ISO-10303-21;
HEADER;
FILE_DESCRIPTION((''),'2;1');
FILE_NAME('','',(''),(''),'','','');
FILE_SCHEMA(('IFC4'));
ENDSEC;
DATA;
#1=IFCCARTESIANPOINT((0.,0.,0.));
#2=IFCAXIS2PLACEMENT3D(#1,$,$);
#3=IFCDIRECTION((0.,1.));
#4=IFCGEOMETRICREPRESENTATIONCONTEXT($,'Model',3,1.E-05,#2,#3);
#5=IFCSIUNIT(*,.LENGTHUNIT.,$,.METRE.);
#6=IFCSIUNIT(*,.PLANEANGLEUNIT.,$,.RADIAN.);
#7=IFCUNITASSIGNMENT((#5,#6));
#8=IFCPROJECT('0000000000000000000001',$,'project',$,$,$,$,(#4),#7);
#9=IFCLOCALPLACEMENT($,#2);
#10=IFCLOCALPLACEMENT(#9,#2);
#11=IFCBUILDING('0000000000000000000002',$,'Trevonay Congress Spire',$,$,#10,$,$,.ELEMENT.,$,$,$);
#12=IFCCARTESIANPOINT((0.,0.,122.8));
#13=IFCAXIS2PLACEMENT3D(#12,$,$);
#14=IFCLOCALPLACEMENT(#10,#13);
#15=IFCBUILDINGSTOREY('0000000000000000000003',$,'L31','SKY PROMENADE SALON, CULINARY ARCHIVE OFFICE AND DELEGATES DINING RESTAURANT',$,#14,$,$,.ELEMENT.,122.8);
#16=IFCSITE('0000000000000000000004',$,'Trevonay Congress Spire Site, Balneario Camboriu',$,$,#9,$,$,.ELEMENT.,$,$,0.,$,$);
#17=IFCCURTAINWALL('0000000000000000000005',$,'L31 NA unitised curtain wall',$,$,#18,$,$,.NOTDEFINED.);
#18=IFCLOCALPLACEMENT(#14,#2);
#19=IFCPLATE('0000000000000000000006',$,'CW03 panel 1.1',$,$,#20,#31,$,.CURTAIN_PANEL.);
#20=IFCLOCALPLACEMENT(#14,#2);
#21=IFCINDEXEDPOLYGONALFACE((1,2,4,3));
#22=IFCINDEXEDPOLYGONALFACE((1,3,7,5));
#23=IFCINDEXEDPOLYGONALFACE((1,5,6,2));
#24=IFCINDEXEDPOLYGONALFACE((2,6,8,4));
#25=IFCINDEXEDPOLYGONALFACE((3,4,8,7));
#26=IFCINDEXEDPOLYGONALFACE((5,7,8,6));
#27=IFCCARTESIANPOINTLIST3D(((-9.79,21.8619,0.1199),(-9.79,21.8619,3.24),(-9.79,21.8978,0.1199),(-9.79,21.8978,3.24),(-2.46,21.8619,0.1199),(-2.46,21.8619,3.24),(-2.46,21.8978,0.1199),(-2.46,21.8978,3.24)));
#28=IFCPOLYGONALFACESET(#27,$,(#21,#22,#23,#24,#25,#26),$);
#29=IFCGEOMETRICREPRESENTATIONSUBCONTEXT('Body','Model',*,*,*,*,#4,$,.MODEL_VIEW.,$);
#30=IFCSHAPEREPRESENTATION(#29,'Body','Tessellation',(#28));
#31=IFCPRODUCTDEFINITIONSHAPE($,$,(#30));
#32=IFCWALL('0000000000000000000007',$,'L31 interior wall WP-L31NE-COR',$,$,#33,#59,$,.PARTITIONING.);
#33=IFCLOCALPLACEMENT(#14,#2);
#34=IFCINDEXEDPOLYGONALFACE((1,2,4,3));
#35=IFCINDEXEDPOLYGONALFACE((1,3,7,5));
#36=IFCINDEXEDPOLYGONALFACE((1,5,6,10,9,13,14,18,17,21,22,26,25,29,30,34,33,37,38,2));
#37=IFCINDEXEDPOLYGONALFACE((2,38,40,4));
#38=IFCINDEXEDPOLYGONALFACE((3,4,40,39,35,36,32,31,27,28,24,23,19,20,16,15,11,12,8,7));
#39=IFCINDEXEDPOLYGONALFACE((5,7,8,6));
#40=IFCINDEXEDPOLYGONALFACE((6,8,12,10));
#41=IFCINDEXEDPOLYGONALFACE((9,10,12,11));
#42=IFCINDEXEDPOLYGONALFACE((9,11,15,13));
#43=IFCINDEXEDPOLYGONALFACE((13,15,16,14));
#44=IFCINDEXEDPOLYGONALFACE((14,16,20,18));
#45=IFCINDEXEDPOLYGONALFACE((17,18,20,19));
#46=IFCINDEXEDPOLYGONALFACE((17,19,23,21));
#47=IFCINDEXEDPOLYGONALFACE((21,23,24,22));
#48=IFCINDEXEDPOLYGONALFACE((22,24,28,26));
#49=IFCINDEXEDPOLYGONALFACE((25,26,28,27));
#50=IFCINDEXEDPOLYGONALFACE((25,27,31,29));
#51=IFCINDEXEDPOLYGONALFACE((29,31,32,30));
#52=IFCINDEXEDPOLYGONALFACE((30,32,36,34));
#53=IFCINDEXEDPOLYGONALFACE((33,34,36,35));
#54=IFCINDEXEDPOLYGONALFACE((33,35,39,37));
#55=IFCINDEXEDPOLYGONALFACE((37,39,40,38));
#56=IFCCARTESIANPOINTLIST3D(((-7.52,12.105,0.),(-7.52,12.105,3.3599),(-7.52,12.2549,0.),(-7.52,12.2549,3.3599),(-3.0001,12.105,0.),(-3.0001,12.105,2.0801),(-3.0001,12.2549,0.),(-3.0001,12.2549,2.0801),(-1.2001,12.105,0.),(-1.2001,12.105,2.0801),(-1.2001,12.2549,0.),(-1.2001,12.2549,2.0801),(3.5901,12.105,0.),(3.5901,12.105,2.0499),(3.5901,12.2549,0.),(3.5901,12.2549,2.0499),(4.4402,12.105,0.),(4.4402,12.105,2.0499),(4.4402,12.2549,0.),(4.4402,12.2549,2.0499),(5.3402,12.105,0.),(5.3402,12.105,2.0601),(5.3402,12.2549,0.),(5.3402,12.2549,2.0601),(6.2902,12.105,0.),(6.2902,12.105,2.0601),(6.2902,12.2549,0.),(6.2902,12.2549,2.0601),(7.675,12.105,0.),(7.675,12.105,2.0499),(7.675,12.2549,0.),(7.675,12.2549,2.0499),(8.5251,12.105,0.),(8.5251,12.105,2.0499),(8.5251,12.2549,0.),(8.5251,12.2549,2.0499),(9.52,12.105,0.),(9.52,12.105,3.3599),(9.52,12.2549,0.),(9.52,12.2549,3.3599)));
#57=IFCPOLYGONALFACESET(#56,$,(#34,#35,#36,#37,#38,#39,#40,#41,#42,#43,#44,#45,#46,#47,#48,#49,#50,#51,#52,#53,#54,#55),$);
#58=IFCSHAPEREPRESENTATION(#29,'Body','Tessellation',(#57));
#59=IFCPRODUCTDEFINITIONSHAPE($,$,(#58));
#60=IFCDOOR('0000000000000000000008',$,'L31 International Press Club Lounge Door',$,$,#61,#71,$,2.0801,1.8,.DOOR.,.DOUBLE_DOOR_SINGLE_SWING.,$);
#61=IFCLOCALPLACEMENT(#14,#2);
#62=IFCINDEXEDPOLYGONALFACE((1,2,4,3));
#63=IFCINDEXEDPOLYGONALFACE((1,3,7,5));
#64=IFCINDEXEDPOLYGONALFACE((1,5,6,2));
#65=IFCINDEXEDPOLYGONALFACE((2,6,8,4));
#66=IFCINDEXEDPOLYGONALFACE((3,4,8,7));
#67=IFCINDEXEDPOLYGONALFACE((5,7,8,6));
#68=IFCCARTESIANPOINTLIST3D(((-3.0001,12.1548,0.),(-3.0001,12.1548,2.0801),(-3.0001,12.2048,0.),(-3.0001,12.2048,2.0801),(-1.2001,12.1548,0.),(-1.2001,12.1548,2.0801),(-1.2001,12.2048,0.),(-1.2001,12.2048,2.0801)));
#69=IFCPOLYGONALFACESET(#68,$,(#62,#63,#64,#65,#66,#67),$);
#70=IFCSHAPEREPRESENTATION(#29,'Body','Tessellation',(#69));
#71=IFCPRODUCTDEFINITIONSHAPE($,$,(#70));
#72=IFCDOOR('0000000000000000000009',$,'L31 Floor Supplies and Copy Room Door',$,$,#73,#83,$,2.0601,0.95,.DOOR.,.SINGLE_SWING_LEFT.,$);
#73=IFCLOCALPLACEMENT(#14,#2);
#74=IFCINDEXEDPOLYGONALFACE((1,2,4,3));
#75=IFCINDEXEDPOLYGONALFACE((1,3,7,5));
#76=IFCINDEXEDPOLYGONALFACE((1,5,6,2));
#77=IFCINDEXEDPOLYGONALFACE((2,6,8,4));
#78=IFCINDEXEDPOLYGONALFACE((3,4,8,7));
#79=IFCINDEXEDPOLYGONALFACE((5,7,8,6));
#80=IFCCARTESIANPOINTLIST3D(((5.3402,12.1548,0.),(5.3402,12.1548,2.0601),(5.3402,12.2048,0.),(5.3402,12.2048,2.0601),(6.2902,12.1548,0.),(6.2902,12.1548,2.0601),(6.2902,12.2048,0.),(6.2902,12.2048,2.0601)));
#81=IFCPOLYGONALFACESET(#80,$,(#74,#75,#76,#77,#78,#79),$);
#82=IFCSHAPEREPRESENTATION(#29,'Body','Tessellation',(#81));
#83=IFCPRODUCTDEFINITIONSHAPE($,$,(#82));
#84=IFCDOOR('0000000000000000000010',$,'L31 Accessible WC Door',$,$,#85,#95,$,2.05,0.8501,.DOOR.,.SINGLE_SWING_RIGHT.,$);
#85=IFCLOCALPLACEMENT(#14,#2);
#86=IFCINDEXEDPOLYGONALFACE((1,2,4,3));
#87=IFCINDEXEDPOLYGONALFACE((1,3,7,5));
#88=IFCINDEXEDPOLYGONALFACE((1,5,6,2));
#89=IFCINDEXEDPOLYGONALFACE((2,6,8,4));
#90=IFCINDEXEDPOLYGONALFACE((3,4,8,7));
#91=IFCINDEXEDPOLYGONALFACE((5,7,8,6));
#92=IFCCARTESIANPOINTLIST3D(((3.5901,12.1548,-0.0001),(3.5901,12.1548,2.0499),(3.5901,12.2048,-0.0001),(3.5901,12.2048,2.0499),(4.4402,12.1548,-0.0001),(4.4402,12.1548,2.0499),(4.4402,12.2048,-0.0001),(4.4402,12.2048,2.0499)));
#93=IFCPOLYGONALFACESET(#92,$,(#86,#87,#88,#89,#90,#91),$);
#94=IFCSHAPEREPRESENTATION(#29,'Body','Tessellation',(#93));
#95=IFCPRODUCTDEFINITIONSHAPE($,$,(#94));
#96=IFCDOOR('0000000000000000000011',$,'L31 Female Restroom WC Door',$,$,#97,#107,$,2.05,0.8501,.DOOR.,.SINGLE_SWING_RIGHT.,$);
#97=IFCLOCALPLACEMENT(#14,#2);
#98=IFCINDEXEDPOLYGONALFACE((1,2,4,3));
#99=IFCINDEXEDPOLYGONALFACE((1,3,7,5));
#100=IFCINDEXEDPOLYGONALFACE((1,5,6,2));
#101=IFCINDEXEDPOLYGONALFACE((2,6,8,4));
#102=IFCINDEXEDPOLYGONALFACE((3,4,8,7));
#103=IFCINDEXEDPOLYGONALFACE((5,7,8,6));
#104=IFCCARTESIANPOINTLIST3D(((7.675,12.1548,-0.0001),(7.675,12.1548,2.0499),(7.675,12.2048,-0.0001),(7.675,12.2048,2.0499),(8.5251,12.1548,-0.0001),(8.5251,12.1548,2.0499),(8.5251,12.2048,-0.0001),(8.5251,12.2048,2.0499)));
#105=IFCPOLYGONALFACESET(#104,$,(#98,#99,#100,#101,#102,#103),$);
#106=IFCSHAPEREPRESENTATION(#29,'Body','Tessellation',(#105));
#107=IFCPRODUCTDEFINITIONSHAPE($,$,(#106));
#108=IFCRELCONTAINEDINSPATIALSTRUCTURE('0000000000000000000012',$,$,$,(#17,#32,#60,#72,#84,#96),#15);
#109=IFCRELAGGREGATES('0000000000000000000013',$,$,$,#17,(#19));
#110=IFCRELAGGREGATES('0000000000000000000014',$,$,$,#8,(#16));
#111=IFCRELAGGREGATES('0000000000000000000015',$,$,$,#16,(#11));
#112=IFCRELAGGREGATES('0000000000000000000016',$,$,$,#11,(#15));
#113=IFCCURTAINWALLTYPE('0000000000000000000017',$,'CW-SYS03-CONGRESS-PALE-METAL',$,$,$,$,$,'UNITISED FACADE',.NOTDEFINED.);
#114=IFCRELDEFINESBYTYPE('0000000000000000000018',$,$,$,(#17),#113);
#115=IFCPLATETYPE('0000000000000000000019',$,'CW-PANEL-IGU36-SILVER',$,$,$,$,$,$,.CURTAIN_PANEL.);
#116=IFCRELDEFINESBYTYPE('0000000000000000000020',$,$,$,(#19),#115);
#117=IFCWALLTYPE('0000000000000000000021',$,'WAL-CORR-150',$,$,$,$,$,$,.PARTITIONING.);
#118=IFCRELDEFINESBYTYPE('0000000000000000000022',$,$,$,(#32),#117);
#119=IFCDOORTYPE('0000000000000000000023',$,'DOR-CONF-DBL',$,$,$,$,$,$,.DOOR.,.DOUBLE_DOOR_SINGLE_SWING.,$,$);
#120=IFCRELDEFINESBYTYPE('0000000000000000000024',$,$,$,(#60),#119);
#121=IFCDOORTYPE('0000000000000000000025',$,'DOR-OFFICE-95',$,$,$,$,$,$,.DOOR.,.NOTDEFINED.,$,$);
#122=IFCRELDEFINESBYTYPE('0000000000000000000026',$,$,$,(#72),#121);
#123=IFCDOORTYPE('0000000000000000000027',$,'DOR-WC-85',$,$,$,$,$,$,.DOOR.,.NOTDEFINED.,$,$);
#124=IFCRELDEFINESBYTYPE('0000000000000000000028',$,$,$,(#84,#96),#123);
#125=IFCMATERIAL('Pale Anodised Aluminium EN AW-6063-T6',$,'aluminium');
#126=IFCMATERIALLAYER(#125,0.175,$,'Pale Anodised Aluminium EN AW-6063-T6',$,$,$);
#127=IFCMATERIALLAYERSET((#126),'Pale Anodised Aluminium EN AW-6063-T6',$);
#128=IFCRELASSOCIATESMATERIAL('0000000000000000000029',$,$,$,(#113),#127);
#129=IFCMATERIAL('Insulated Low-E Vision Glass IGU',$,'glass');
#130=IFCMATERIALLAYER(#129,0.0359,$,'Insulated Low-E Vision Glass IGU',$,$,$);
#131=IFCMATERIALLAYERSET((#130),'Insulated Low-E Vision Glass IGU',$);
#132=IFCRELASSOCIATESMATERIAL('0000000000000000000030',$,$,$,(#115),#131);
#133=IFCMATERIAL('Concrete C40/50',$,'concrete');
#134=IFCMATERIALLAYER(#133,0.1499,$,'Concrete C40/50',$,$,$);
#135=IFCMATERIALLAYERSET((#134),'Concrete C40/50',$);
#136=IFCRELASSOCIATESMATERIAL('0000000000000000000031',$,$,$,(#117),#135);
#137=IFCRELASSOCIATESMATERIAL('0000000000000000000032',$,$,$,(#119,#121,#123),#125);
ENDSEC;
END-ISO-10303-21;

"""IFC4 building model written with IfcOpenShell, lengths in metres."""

from ifc_helpers import new_model, si_unit, direction, frame, frame_2d, origin, origin_2d, place, context, subcontext, project, spatial, rectangle, extrude, material, layer, layer_set, type_object, element, fill, aggregate, save


model = new_model("IFC4")

# Units and contexts
model_context = context("Model", 3, precision=1e-05, world=origin(), true_north=direction((0.0, 1.0)))
body_context = subcontext(model_context, "Body", "Model", "MODEL_VIEW")
ifc_project = project(units=[si_unit("LENGTHUNIT", "METRE"), si_unit("PLANEANGLEUNIT", "RADIAN")], contexts=[model_context])

# Site, building, storey
site_placement = place(None, origin())
site = spatial("IfcSite", under=ifc_project, at=site_placement, Name="Trevonay Congress Spire Site, Balneario Camboriu", CompositionType="ELEMENT", RefElevation=0.0)
building_placement = place(site_placement, origin())
building = spatial("IfcBuilding", under=site, at=building_placement, Name="Trevonay Congress Spire", CompositionType="ELEMENT")
storey_placement = place(building_placement, frame((0.0, 0.0, 122.8)))
storey = spatial("IfcBuildingStorey", under=building, at=storey_placement, Name="L31", Description="SKY PROMENADE SALON, CULINARY ARCHIVE OFFICE AND DELEGATES DINING RESTAURANT", CompositionType="ELEMENT", Elevation=122.8)

# Curtain wall, plate
ifc_material_1 = material(Name="Pale Anodised Aluminium EN AW-6063-T6", Category="aluminium")
ifc_layer_1 = layer(ifc_material_1, 0.175, Name="Pale Anodised Aluminium EN AW-6063-T6")
ifc_layer_set_1 = layer_set([ifc_layer_1], Name="Pale Anodised Aluminium EN AW-6063-T6")
curtain_wall_type = type_object("IfcCurtainWallType", Name="CW-SYS03-CONGRESS-PALE-METAL", ElementType="UNITISED FACADE", PredefinedType="NOTDEFINED", material=ifc_layer_set_1)
curtain_wall_placement = place(storey_placement, origin())
curtain_wall = element("IfcCurtainWall", 1, at=curtain_wall_placement, inside=storey, type_object=curtain_wall_type, Name="L31 NA unitised curtain wall", PredefinedType="NOTDEFINED")
ifc_material_2 = material(Name="Insulated Low-E Vision Glass IGU", Category="glass")
ifc_layer_2 = layer(ifc_material_2, 0.0359, Name="Insulated Low-E Vision Glass IGU")
ifc_layer_set_2 = layer_set([ifc_layer_2], Name="Insulated Low-E Vision Glass IGU")
plate_type = type_object("IfcPlateType", Name="CW-PANEL-IGU36-SILVER", PredefinedType="CURTAIN_PANEL", material=ifc_layer_set_2)
plate_placement = place(storey_placement, frame((-6.125, 21.8799, 0.1199), z_axis=(0.0, 0.0, 1.0), x_axis=(1.0, 0.0, 0.0)))
plate = element("IfcPlate", 2, at=plate_placement, type_object=plate_type, Name="CW03 panel 1.1", PredefinedType="CURTAIN_PANEL", context=body_context, shape_type="SweptSolid", body=[
    extrude(rectangle(XDim=7.3301, YDim=0.0359, at=origin_2d()), origin(), (0.0, 0.0, 1.0), 3.1201),
])
aggregate(curtain_wall, [plate])

# Wall, openings, doors
ifc_material_3 = material(Name="Concrete C40/50", Category="concrete")
ifc_layer_3 = layer(ifc_material_3, 0.1499, Name="Concrete C40/50")
ifc_layer_set_3 = layer_set([ifc_layer_3], Name="Concrete C40/50")
wall_type_1 = type_object("IfcWallType", Name="WAL-CORR-150", PredefinedType="PARTITIONING", material=ifc_layer_set_3)
wall_1_placement = place(storey_placement, frame((-7.52, 12.1799, 0.0), z_axis=(0.0, 0.0, 1.0), x_axis=(1.0, 0.0, 0.0)))
wall_1 = element("IfcWall", 3, at=wall_1_placement, inside=storey, type_object=wall_type_1, Name="L31 interior wall WP-L31NE-COR", PredefinedType="PARTITIONING", context=body_context, shape_type="SweptSolid", body=[
    extrude(rectangle(XDim=17.04, YDim=0.1499, at=frame_2d((8.52, 0.0))), origin(), (0.0, 0.0, 1.0), 3.3599),
])
opening_1_placement = place(wall_1_placement, frame((4.52, 0.0, 0.0)))
opening_1 = element("IfcOpeningElement", 4, at=opening_1_placement, cuts=wall_1, PredefinedType="OPENING", context=body_context, shape_type="SweptSolid", body=[
    extrude(rectangle(XDim=1.8, YDim=2.0801, at=frame_2d((0.8999, 1.04))), frame((0.0, 0.085, 0.0), z_axis=(0.0, -1.0, 0.0), x_axis=(1.0, 0.0, 0.0)), (0.0, 0.0, 1.0), 0.1699),
])
opening_2_placement = place(wall_1_placement, frame((11.1101, 0.0, 0.0)))
opening_2 = element("IfcOpeningElement", 5, at=opening_2_placement, cuts=wall_1, PredefinedType="OPENING", context=body_context, shape_type="SweptSolid", body=[
    extrude(rectangle(XDim=0.8501, YDim=2.05, at=frame_2d((0.425, 1.0249))), frame((0.0, 0.085, 0.0), z_axis=(0.0, -1.0, 0.0), x_axis=(1.0, 0.0, 0.0)), (0.0, 0.0, 1.0), 0.1699),
])
opening_3_placement = place(wall_1_placement, frame((12.8601, 0.0, 0.0)))
opening_3 = element("IfcOpeningElement", 6, at=opening_3_placement, cuts=wall_1, PredefinedType="OPENING", context=body_context, shape_type="SweptSolid", body=[
    extrude(rectangle(XDim=0.95, YDim=2.0601, at=frame_2d((0.4751, 1.03))), frame((0.0, 0.085, 0.0), z_axis=(0.0, -1.0, 0.0), x_axis=(1.0, 0.0, 0.0)), (0.0, 0.0, 1.0), 0.1699),
])
opening_4_placement = place(wall_1_placement, frame((15.1951, 0.0, 0.0)))
opening_4 = element("IfcOpeningElement", 7, at=opening_4_placement, cuts=wall_1, PredefinedType="OPENING", context=body_context, shape_type="SweptSolid", body=[
    extrude(rectangle(XDim=0.8501, YDim=2.05, at=frame_2d((0.425, 1.0249))), frame((0.0, 0.085, 0.0), z_axis=(0.0, -1.0, 0.0), x_axis=(1.0, 0.0, 0.0)), (0.0, 0.0, 1.0), 0.1699),
])
door_type_1 = type_object("IfcDoorType", Name="DOR-CONF-DBL", OperationType="DOUBLE_DOOR_SINGLE_SWING", PredefinedType="DOOR", material=ifc_material_1)
door_1_placement = place(opening_1_placement, origin())
door_1 = element("IfcDoor", 8, at=door_1_placement, inside=storey, type_object=door_type_1, Name="L31 International Press Club Lounge Door", OperationType="DOUBLE_DOOR_SINGLE_SWING", OverallHeight=2.0801, OverallWidth=1.8, PredefinedType="DOOR", context=body_context, shape_type="SweptSolid", body=[
    extrude(rectangle(XDim=1.8, YDim=2.0801, at=frame_2d((0.8999, 1.04))), frame((0.0, 0.0249, 0.0), z_axis=(0.0, -1.0, 0.0), x_axis=(1.0, 0.0, 0.0)), (0.0, 0.0, 1.0), 0.05),
])
fill(opening_1, door_1)
door_type_2 = type_object("IfcDoorType", Name="DOR-OFFICE-95", OperationType="NOTDEFINED", PredefinedType="DOOR", material=ifc_material_1)
door_2_placement = place(opening_3_placement, origin())
door_2 = element("IfcDoor", 9, at=door_2_placement, inside=storey, type_object=door_type_2, Name="L31 Floor Supplies and Copy Room Door", OperationType="SINGLE_SWING_LEFT", OverallHeight=2.0601, OverallWidth=0.95, PredefinedType="DOOR", context=body_context, shape_type="SweptSolid", body=[
    extrude(rectangle(XDim=0.95, YDim=2.0601, at=frame_2d((0.4751, 1.03))), frame((0.0, 0.0249, 0.0), z_axis=(0.0, -1.0, 0.0), x_axis=(1.0, 0.0, 0.0)), (0.0, 0.0, 1.0), 0.05),
])
fill(opening_3, door_2)
door_type_3 = type_object("IfcDoorType", Name="DOR-WC-85", OperationType="NOTDEFINED", PredefinedType="DOOR", material=ifc_material_1)
door_3_placement = place(opening_2_placement, origin())
door_3 = element("IfcDoor", 10, at=door_3_placement, inside=storey, type_object=door_type_3, Name="L31 Accessible WC Door", OperationType="SINGLE_SWING_RIGHT", OverallHeight=2.05, OverallWidth=0.8501, PredefinedType="DOOR", context=body_context, shape_type="SweptSolid", body=[
    extrude(rectangle(XDim=0.8501, YDim=2.05, at=frame_2d((0.425, 1.0249))), frame((0.0, 0.0249, 0.0), z_axis=(0.0, -1.0, 0.0), x_axis=(1.0, 0.0, 0.0)), (0.0, 0.0, 1.0), 0.05),
])
fill(opening_2, door_3)
door_4_placement = place(opening_4_placement, origin())
door_4 = element("IfcDoor", 11, at=door_4_placement, inside=storey, type_object=door_type_3, Name="L31 Female Restroom WC Door", OperationType="SINGLE_SWING_RIGHT", OverallHeight=2.05, OverallWidth=0.8501, PredefinedType="DOOR", context=body_context, shape_type="SweptSolid", body=[
    extrude(rectangle(XDim=0.8501, YDim=2.05, at=frame_2d((0.425, 1.0249))), frame((0.0, 0.0249, 0.0), z_axis=(0.0, -1.0, 0.0), x_axis=(1.0, 0.0, 0.0)), (0.0, 0.0, 1.0), 0.05),
])
fill(opening_4, door_4)

save(model, "model.ifc")
